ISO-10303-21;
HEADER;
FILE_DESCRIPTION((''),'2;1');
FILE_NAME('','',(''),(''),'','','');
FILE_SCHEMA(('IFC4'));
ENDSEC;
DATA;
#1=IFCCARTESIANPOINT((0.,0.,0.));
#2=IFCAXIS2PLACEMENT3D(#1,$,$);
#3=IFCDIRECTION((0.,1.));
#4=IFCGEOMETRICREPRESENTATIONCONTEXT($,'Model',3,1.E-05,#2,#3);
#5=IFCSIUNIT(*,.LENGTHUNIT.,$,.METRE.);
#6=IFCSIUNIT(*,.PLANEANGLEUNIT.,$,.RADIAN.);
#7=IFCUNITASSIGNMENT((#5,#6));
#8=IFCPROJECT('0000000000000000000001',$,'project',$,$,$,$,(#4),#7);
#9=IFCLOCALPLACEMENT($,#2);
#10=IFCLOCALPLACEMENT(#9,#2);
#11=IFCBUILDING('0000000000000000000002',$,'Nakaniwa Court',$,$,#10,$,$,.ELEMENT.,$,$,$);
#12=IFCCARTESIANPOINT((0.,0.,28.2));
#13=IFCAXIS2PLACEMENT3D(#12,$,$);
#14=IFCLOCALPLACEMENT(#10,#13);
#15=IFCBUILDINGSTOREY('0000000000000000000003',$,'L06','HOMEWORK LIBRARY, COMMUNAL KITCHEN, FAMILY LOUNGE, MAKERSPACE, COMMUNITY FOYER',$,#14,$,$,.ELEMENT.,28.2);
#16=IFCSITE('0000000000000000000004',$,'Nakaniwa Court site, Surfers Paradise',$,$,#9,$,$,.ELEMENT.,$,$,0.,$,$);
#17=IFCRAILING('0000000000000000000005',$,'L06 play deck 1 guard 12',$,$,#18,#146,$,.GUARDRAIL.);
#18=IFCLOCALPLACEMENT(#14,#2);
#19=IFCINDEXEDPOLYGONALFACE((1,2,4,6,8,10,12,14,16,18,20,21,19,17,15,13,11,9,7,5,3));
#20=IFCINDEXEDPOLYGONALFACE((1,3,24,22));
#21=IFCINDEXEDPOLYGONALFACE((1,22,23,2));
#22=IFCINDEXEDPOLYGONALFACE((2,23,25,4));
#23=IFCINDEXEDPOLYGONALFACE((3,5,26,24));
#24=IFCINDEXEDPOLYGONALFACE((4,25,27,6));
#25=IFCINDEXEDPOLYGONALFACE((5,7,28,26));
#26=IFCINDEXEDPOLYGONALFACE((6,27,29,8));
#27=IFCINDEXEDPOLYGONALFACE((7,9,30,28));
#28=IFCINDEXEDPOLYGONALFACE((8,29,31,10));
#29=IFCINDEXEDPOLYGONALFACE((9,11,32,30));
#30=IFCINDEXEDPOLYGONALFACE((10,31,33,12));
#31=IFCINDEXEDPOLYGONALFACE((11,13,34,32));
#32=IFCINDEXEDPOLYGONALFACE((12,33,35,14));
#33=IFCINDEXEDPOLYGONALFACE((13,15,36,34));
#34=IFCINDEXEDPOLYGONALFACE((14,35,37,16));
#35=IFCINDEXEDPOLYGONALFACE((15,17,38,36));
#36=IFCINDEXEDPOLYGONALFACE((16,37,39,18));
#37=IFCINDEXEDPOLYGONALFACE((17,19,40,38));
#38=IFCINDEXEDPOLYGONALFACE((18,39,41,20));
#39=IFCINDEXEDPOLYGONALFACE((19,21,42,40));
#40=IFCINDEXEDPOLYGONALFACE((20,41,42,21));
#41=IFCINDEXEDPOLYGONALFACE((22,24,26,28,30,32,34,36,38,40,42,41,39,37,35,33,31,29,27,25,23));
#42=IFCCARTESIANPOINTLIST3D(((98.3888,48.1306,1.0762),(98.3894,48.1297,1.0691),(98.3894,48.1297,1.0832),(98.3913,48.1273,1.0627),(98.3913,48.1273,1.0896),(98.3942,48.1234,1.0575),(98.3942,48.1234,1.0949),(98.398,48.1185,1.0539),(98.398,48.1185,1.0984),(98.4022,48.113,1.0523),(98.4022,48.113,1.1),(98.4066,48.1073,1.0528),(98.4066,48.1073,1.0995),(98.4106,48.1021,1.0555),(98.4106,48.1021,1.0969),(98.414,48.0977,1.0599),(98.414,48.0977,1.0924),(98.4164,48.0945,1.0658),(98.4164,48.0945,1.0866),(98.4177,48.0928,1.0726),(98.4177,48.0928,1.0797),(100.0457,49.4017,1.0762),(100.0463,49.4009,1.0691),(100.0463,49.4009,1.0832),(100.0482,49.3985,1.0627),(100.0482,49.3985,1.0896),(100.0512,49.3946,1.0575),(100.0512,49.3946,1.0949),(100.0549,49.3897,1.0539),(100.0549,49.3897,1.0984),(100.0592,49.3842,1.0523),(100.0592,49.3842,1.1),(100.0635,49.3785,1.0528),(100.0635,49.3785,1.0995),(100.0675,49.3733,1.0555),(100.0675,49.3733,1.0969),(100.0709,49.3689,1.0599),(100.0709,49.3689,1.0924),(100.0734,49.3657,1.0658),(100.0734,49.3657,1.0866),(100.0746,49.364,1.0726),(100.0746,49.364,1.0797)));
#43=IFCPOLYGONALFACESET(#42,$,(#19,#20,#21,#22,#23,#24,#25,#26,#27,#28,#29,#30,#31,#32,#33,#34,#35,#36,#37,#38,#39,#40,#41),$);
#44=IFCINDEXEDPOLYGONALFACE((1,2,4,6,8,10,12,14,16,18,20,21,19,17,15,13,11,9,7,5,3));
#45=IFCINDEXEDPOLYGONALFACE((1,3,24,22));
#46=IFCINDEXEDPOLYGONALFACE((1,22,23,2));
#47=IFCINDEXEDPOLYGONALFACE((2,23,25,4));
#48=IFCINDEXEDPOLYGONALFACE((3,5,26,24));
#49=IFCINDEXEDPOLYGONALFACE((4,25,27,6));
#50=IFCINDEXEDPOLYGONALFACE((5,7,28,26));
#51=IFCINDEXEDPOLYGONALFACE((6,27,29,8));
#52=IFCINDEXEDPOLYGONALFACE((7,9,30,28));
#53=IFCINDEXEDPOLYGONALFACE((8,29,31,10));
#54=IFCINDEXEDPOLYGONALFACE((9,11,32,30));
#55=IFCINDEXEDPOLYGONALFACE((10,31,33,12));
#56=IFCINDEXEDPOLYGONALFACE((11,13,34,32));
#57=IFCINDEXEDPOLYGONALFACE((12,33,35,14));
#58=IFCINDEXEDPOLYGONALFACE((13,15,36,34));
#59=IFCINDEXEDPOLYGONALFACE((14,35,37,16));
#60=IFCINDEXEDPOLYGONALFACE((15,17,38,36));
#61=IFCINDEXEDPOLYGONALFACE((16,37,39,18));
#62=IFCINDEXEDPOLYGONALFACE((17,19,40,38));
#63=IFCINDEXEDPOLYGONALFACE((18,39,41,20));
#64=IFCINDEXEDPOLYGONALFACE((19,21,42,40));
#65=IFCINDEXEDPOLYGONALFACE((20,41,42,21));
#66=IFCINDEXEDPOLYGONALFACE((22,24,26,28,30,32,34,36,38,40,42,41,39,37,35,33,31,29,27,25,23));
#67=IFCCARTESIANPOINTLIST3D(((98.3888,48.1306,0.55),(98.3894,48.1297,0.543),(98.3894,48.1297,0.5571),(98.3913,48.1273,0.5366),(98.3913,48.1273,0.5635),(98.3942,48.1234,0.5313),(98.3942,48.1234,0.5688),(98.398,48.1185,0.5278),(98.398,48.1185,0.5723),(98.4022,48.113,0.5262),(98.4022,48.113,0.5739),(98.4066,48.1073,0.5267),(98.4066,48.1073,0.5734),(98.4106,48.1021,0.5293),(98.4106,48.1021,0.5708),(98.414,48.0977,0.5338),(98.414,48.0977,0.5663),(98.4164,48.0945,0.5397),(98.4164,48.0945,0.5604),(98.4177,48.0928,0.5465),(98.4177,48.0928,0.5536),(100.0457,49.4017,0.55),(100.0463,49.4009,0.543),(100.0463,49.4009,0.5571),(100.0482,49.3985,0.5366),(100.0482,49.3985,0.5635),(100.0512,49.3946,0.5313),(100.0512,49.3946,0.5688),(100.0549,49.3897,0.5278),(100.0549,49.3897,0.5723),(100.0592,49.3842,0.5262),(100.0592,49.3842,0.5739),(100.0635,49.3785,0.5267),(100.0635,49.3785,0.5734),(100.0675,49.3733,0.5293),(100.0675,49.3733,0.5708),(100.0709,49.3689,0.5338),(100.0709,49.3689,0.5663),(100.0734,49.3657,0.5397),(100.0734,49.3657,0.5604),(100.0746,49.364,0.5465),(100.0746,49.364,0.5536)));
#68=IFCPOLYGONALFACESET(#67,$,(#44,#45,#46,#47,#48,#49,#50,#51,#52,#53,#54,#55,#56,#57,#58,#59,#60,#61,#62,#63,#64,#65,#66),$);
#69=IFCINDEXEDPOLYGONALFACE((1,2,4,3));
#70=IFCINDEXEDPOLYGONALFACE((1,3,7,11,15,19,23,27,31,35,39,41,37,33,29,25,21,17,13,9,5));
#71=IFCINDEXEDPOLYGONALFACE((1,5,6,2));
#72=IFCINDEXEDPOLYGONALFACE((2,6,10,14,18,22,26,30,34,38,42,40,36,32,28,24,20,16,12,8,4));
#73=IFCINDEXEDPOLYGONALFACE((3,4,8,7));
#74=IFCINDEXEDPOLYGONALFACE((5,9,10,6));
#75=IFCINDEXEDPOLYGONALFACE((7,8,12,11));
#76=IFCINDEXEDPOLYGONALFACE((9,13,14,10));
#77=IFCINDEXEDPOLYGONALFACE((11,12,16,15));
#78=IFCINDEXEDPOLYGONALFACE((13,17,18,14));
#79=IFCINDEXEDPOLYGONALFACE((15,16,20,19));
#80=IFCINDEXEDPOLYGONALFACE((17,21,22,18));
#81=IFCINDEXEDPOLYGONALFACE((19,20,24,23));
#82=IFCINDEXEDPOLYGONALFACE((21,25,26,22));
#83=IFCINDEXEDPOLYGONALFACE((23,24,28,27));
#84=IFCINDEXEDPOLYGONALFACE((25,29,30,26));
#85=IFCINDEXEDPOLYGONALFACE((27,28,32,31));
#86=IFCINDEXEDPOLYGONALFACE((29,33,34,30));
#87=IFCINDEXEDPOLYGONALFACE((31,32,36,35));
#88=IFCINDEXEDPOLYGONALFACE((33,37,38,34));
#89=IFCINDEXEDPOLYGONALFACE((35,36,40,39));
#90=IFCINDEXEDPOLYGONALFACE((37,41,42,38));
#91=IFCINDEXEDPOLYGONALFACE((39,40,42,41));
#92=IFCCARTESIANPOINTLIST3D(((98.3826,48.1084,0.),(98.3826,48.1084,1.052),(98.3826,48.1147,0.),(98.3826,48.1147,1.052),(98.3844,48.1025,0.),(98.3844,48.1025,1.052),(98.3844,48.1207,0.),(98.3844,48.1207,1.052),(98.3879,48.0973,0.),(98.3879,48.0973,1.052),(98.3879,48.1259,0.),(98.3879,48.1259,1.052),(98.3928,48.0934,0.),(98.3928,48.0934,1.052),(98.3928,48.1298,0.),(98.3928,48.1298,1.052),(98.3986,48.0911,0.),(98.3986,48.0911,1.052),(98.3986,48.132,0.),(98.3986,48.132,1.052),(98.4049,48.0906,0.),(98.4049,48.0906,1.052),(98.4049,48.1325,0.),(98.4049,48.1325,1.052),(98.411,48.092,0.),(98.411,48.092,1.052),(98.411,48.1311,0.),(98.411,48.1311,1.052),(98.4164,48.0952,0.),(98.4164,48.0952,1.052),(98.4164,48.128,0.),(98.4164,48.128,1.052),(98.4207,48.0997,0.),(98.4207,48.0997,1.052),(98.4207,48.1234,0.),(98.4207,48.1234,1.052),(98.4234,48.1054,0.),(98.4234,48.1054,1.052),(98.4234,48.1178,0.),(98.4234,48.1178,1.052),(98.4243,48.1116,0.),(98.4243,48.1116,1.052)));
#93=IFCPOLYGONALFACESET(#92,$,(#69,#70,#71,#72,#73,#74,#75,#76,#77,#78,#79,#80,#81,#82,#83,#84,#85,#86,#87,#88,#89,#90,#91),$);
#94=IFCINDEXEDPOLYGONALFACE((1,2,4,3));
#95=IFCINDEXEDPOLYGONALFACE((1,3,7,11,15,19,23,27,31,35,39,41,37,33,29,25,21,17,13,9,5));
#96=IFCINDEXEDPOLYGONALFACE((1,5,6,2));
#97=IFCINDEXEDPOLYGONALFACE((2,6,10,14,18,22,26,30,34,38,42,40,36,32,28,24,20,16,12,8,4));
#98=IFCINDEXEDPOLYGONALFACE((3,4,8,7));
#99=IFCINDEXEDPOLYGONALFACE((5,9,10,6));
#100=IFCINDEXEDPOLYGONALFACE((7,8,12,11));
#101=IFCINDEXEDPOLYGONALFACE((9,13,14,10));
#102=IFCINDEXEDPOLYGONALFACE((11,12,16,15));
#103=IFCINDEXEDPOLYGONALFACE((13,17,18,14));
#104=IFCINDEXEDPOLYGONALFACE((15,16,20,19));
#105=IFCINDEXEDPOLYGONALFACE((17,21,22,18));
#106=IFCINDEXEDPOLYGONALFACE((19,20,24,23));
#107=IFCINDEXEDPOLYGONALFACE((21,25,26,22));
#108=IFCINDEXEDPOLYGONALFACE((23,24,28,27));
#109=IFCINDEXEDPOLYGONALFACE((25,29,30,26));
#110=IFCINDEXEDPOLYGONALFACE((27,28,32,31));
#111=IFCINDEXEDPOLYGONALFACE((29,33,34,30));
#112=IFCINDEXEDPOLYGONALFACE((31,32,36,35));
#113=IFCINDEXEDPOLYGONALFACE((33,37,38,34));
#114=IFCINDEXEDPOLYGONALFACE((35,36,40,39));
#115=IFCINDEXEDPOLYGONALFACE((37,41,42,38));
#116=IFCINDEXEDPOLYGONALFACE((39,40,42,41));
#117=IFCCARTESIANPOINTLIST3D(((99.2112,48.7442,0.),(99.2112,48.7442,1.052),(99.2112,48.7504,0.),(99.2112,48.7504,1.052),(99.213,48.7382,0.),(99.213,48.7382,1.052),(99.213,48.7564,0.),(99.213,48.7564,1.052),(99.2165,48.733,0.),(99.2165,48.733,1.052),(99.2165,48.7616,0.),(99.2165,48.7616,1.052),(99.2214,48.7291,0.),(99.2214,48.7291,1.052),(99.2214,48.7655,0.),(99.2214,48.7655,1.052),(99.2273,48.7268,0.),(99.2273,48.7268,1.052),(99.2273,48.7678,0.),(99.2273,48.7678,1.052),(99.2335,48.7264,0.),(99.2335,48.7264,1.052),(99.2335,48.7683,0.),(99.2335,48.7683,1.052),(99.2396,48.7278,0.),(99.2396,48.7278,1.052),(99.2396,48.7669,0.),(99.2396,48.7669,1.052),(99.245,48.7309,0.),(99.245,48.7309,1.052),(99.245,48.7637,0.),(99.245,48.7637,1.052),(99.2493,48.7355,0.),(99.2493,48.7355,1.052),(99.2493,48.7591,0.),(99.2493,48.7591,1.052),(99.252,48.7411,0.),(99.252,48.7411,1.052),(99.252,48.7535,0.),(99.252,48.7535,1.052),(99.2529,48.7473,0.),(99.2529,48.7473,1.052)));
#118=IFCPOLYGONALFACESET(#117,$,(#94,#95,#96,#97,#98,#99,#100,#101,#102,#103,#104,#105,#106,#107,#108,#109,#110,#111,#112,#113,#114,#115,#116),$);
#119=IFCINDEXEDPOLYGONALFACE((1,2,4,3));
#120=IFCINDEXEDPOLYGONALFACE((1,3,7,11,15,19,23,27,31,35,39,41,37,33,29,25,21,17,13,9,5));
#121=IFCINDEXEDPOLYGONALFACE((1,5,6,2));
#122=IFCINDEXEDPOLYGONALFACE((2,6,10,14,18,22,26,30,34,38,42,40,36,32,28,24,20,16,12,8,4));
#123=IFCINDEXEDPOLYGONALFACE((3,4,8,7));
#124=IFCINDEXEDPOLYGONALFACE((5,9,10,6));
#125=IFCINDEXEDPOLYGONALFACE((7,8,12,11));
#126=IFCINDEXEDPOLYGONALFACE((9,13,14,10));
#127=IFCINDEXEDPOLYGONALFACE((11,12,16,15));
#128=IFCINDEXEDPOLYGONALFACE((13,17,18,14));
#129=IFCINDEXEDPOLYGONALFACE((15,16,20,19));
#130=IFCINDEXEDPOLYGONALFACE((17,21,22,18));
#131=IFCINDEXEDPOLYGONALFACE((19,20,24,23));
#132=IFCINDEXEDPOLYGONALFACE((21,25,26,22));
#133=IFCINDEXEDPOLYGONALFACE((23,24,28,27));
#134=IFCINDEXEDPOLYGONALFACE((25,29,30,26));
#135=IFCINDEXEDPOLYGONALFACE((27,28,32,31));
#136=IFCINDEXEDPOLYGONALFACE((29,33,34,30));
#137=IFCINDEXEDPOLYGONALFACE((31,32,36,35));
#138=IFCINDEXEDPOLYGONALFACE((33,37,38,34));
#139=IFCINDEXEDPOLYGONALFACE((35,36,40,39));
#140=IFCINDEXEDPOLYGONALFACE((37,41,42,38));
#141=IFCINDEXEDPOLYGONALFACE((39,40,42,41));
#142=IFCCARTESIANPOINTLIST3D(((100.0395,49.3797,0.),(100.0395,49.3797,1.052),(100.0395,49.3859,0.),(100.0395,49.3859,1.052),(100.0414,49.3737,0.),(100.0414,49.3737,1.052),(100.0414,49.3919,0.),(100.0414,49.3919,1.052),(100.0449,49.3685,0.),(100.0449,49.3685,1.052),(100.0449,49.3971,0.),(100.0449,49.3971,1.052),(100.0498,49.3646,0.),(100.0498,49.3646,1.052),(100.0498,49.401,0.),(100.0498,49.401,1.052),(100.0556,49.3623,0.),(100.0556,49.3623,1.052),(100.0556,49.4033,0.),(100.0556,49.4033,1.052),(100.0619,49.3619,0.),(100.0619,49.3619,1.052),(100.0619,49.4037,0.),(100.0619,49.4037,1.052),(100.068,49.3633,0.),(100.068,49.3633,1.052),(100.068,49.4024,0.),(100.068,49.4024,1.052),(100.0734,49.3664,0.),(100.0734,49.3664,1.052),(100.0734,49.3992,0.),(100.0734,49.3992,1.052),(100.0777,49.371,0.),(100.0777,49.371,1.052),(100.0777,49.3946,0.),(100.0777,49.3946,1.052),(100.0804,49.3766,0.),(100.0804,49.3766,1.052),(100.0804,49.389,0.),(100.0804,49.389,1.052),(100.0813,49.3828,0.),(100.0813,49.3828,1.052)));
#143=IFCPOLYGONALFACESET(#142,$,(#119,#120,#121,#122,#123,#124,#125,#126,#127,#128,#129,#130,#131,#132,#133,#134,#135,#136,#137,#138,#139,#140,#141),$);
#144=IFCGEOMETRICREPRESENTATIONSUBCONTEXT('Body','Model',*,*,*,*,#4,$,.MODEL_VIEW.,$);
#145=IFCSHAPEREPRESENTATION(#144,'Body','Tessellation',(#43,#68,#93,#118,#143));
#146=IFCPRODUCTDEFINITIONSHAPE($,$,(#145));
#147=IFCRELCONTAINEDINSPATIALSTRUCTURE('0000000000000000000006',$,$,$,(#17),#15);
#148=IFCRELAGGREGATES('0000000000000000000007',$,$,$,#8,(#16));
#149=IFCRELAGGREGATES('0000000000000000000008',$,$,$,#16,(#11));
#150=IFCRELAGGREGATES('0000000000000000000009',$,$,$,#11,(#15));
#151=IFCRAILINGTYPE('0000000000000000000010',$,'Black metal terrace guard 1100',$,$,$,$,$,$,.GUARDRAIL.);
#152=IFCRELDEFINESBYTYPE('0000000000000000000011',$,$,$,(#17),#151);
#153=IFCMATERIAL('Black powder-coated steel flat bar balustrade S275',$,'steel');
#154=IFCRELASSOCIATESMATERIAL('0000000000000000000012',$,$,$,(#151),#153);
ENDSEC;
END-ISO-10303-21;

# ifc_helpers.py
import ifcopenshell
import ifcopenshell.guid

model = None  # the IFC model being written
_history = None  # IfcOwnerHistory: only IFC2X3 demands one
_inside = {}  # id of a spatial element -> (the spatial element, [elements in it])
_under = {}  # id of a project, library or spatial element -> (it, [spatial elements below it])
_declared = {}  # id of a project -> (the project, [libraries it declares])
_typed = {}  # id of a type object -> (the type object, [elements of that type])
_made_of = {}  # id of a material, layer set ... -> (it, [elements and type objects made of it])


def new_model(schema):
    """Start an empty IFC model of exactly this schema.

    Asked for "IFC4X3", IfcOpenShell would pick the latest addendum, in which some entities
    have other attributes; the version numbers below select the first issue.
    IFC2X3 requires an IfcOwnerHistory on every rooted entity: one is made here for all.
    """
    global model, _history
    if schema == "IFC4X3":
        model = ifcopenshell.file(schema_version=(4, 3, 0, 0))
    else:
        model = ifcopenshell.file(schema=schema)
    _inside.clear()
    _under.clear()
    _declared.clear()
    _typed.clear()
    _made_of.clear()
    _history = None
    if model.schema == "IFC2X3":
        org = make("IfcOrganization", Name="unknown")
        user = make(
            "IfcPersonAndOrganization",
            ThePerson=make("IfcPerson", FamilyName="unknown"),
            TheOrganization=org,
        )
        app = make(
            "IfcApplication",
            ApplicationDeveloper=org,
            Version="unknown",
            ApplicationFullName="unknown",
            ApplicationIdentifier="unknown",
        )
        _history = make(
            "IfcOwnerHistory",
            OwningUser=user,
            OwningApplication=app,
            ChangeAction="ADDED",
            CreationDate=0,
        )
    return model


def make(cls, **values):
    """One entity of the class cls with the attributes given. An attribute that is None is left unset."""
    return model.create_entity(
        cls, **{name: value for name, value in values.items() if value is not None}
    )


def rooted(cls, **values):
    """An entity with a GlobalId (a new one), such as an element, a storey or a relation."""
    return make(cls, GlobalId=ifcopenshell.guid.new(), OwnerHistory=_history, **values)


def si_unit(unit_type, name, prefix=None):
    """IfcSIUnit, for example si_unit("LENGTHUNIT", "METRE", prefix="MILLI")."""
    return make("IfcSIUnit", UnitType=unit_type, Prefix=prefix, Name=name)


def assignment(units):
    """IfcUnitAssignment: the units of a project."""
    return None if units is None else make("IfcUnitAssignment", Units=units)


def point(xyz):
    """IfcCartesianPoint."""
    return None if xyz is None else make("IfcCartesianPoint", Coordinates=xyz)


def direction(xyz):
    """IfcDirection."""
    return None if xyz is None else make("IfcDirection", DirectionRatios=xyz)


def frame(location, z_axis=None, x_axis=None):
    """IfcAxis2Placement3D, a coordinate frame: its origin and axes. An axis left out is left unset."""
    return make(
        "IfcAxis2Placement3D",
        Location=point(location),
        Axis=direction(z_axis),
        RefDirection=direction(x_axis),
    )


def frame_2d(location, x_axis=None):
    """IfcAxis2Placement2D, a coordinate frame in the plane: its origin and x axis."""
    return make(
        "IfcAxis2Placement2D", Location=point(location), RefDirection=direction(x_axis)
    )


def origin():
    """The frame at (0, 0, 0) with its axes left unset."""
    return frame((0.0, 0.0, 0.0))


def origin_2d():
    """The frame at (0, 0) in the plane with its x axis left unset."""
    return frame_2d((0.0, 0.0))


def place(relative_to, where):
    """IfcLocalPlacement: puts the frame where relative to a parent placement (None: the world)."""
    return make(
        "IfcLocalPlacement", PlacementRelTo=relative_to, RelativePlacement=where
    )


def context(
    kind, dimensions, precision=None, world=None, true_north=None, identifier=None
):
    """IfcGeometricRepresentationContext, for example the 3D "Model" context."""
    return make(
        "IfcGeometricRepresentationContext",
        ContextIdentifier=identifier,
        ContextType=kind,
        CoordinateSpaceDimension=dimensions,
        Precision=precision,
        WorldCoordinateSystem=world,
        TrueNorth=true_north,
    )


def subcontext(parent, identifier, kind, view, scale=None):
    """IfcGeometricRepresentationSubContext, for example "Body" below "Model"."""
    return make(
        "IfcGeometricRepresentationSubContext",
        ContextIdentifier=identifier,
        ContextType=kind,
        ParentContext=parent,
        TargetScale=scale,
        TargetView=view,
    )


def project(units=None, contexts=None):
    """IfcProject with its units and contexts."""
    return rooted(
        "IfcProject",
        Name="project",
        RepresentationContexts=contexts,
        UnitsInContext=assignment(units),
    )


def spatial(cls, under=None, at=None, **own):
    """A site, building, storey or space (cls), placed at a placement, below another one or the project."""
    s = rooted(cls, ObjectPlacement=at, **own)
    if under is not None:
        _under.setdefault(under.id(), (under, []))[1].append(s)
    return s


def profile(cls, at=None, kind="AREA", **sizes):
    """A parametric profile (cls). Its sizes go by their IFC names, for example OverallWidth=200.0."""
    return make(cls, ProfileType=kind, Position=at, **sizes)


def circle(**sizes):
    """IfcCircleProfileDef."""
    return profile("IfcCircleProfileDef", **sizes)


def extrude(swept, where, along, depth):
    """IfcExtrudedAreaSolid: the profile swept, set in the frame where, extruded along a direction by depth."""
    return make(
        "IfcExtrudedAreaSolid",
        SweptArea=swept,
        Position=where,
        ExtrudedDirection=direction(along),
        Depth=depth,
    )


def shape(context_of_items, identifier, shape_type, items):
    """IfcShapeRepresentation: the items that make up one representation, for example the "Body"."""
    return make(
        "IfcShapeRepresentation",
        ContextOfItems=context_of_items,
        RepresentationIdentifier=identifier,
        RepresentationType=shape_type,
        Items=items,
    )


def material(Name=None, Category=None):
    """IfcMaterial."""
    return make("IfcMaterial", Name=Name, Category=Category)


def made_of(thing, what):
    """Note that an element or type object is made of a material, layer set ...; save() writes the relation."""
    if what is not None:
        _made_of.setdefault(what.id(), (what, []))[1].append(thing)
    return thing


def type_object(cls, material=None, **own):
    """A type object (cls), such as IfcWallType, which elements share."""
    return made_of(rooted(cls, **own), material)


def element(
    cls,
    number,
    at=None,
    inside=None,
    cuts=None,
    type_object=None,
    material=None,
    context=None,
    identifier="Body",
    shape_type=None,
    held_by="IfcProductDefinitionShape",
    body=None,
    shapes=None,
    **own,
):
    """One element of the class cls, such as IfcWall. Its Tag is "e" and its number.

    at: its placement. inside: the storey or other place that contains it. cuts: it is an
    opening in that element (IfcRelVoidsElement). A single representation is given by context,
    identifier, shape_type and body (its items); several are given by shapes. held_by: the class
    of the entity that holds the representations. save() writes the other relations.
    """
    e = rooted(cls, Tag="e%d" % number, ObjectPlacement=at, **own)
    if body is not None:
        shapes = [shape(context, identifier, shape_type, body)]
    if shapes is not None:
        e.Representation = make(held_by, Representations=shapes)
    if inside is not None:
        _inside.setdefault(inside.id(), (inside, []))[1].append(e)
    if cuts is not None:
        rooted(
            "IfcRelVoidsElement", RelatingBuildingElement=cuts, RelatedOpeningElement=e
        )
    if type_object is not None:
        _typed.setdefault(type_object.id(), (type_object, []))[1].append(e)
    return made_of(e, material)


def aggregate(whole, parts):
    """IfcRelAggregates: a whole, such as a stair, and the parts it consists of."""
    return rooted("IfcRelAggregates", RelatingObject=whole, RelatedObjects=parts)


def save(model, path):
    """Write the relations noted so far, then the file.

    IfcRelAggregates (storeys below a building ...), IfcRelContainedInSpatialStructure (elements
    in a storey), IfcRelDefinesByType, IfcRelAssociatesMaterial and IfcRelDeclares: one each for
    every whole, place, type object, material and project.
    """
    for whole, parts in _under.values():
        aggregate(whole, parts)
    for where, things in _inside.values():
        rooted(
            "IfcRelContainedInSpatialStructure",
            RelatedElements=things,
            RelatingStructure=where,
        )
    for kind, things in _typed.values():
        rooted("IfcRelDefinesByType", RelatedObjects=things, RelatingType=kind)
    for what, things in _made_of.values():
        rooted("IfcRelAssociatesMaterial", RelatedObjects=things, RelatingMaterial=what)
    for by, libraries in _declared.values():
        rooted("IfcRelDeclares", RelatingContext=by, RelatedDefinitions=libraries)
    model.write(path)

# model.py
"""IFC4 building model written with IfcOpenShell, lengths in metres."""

from ifc_helpers import new_model, si_unit, direction, frame, origin, origin_2d, place, context, subcontext, project, spatial, circle, extrude, material, type_object, element, save


model = new_model("IFC4")

# Units and contexts
model_context = context("Model", 3, precision=1e-05, world=origin(), true_north=direction((0.0, 1.0)))
body_context = subcontext(model_context, "Body", "Model", "MODEL_VIEW")
ifc_project = project(units=[si_unit("LENGTHUNIT", "METRE"), si_unit("PLANEANGLEUNIT", "RADIAN")], contexts=[model_context])

# Site, building, storey
site_placement = place(None, origin())
site = spatial("IfcSite", under=ifc_project, at=site_placement, Name="Nakaniwa Court site, Surfers Paradise", CompositionType="ELEMENT", RefElevation=0.0)
building_placement = place(site_placement, origin())
building = spatial("IfcBuilding", under=site, at=building_placement, Name="Nakaniwa Court", CompositionType="ELEMENT")
storey_placement = place(building_placement, frame((0.0, 0.0, 28.2)))
storey = spatial("IfcBuildingStorey", under=building, at=storey_placement, Name="L06", Description="HOMEWORK LIBRARY, COMMUNAL KITCHEN, FAMILY LOUNGE, MAKERSPACE, COMMUNITY FOYER", CompositionType="ELEMENT", Elevation=28.2)

# Railing
ifc_material_1 = material(Name="Black powder-coated steel flat bar balustrade S275", Category="steel")
railing_type_1 = type_object("IfcRailingType", Name="Black metal terrace guard 1100", PredefinedType="GUARDRAIL", material=ifc_material_1)
railing_1_placement = place(storey_placement, frame((98.4033, 48.1116, 0.0)))
element("IfcRailing", 1, at=railing_1_placement, inside=storey, type_object=railing_type_1, Name="L06 play deck 1 guard 12", PredefinedType="GUARDRAIL", context=body_context, shape_type="SweptSolid", body=[
    extrude(circle(Radius=0.0239, at=origin_2d()), frame((0.0, 0.0, 1.0762), z_axis=(0.793401, 0.608699, 0.0), x_axis=(-0.608699, 0.793401, 0.0)), (0.0, 0.0, 1.0), 2.0884),
    extrude(circle(Radius=0.0239, at=origin_2d()), frame((0.0, 0.0, 0.55), z_axis=(0.793401, 0.608699, 0.0), x_axis=(-0.608699, 0.793401, 0.0)), (0.0, 0.0, 1.0), 2.0884),
    extrude(circle(Radius=0.021, at=origin_2d()), origin(), (0.0, 0.0, 1.0), 1.052),
    extrude(circle(Radius=0.021, at=origin_2d()), frame((0.8286, 0.6357, 0.0)), (0.0, 0.0, 1.0), 1.052),
    extrude(circle(Radius=0.021, at=origin_2d()), frame((1.657, 1.2712, 0.0)), (0.0, 0.0, 1.0), 1.052),
])

save(model, "model.ifc")
